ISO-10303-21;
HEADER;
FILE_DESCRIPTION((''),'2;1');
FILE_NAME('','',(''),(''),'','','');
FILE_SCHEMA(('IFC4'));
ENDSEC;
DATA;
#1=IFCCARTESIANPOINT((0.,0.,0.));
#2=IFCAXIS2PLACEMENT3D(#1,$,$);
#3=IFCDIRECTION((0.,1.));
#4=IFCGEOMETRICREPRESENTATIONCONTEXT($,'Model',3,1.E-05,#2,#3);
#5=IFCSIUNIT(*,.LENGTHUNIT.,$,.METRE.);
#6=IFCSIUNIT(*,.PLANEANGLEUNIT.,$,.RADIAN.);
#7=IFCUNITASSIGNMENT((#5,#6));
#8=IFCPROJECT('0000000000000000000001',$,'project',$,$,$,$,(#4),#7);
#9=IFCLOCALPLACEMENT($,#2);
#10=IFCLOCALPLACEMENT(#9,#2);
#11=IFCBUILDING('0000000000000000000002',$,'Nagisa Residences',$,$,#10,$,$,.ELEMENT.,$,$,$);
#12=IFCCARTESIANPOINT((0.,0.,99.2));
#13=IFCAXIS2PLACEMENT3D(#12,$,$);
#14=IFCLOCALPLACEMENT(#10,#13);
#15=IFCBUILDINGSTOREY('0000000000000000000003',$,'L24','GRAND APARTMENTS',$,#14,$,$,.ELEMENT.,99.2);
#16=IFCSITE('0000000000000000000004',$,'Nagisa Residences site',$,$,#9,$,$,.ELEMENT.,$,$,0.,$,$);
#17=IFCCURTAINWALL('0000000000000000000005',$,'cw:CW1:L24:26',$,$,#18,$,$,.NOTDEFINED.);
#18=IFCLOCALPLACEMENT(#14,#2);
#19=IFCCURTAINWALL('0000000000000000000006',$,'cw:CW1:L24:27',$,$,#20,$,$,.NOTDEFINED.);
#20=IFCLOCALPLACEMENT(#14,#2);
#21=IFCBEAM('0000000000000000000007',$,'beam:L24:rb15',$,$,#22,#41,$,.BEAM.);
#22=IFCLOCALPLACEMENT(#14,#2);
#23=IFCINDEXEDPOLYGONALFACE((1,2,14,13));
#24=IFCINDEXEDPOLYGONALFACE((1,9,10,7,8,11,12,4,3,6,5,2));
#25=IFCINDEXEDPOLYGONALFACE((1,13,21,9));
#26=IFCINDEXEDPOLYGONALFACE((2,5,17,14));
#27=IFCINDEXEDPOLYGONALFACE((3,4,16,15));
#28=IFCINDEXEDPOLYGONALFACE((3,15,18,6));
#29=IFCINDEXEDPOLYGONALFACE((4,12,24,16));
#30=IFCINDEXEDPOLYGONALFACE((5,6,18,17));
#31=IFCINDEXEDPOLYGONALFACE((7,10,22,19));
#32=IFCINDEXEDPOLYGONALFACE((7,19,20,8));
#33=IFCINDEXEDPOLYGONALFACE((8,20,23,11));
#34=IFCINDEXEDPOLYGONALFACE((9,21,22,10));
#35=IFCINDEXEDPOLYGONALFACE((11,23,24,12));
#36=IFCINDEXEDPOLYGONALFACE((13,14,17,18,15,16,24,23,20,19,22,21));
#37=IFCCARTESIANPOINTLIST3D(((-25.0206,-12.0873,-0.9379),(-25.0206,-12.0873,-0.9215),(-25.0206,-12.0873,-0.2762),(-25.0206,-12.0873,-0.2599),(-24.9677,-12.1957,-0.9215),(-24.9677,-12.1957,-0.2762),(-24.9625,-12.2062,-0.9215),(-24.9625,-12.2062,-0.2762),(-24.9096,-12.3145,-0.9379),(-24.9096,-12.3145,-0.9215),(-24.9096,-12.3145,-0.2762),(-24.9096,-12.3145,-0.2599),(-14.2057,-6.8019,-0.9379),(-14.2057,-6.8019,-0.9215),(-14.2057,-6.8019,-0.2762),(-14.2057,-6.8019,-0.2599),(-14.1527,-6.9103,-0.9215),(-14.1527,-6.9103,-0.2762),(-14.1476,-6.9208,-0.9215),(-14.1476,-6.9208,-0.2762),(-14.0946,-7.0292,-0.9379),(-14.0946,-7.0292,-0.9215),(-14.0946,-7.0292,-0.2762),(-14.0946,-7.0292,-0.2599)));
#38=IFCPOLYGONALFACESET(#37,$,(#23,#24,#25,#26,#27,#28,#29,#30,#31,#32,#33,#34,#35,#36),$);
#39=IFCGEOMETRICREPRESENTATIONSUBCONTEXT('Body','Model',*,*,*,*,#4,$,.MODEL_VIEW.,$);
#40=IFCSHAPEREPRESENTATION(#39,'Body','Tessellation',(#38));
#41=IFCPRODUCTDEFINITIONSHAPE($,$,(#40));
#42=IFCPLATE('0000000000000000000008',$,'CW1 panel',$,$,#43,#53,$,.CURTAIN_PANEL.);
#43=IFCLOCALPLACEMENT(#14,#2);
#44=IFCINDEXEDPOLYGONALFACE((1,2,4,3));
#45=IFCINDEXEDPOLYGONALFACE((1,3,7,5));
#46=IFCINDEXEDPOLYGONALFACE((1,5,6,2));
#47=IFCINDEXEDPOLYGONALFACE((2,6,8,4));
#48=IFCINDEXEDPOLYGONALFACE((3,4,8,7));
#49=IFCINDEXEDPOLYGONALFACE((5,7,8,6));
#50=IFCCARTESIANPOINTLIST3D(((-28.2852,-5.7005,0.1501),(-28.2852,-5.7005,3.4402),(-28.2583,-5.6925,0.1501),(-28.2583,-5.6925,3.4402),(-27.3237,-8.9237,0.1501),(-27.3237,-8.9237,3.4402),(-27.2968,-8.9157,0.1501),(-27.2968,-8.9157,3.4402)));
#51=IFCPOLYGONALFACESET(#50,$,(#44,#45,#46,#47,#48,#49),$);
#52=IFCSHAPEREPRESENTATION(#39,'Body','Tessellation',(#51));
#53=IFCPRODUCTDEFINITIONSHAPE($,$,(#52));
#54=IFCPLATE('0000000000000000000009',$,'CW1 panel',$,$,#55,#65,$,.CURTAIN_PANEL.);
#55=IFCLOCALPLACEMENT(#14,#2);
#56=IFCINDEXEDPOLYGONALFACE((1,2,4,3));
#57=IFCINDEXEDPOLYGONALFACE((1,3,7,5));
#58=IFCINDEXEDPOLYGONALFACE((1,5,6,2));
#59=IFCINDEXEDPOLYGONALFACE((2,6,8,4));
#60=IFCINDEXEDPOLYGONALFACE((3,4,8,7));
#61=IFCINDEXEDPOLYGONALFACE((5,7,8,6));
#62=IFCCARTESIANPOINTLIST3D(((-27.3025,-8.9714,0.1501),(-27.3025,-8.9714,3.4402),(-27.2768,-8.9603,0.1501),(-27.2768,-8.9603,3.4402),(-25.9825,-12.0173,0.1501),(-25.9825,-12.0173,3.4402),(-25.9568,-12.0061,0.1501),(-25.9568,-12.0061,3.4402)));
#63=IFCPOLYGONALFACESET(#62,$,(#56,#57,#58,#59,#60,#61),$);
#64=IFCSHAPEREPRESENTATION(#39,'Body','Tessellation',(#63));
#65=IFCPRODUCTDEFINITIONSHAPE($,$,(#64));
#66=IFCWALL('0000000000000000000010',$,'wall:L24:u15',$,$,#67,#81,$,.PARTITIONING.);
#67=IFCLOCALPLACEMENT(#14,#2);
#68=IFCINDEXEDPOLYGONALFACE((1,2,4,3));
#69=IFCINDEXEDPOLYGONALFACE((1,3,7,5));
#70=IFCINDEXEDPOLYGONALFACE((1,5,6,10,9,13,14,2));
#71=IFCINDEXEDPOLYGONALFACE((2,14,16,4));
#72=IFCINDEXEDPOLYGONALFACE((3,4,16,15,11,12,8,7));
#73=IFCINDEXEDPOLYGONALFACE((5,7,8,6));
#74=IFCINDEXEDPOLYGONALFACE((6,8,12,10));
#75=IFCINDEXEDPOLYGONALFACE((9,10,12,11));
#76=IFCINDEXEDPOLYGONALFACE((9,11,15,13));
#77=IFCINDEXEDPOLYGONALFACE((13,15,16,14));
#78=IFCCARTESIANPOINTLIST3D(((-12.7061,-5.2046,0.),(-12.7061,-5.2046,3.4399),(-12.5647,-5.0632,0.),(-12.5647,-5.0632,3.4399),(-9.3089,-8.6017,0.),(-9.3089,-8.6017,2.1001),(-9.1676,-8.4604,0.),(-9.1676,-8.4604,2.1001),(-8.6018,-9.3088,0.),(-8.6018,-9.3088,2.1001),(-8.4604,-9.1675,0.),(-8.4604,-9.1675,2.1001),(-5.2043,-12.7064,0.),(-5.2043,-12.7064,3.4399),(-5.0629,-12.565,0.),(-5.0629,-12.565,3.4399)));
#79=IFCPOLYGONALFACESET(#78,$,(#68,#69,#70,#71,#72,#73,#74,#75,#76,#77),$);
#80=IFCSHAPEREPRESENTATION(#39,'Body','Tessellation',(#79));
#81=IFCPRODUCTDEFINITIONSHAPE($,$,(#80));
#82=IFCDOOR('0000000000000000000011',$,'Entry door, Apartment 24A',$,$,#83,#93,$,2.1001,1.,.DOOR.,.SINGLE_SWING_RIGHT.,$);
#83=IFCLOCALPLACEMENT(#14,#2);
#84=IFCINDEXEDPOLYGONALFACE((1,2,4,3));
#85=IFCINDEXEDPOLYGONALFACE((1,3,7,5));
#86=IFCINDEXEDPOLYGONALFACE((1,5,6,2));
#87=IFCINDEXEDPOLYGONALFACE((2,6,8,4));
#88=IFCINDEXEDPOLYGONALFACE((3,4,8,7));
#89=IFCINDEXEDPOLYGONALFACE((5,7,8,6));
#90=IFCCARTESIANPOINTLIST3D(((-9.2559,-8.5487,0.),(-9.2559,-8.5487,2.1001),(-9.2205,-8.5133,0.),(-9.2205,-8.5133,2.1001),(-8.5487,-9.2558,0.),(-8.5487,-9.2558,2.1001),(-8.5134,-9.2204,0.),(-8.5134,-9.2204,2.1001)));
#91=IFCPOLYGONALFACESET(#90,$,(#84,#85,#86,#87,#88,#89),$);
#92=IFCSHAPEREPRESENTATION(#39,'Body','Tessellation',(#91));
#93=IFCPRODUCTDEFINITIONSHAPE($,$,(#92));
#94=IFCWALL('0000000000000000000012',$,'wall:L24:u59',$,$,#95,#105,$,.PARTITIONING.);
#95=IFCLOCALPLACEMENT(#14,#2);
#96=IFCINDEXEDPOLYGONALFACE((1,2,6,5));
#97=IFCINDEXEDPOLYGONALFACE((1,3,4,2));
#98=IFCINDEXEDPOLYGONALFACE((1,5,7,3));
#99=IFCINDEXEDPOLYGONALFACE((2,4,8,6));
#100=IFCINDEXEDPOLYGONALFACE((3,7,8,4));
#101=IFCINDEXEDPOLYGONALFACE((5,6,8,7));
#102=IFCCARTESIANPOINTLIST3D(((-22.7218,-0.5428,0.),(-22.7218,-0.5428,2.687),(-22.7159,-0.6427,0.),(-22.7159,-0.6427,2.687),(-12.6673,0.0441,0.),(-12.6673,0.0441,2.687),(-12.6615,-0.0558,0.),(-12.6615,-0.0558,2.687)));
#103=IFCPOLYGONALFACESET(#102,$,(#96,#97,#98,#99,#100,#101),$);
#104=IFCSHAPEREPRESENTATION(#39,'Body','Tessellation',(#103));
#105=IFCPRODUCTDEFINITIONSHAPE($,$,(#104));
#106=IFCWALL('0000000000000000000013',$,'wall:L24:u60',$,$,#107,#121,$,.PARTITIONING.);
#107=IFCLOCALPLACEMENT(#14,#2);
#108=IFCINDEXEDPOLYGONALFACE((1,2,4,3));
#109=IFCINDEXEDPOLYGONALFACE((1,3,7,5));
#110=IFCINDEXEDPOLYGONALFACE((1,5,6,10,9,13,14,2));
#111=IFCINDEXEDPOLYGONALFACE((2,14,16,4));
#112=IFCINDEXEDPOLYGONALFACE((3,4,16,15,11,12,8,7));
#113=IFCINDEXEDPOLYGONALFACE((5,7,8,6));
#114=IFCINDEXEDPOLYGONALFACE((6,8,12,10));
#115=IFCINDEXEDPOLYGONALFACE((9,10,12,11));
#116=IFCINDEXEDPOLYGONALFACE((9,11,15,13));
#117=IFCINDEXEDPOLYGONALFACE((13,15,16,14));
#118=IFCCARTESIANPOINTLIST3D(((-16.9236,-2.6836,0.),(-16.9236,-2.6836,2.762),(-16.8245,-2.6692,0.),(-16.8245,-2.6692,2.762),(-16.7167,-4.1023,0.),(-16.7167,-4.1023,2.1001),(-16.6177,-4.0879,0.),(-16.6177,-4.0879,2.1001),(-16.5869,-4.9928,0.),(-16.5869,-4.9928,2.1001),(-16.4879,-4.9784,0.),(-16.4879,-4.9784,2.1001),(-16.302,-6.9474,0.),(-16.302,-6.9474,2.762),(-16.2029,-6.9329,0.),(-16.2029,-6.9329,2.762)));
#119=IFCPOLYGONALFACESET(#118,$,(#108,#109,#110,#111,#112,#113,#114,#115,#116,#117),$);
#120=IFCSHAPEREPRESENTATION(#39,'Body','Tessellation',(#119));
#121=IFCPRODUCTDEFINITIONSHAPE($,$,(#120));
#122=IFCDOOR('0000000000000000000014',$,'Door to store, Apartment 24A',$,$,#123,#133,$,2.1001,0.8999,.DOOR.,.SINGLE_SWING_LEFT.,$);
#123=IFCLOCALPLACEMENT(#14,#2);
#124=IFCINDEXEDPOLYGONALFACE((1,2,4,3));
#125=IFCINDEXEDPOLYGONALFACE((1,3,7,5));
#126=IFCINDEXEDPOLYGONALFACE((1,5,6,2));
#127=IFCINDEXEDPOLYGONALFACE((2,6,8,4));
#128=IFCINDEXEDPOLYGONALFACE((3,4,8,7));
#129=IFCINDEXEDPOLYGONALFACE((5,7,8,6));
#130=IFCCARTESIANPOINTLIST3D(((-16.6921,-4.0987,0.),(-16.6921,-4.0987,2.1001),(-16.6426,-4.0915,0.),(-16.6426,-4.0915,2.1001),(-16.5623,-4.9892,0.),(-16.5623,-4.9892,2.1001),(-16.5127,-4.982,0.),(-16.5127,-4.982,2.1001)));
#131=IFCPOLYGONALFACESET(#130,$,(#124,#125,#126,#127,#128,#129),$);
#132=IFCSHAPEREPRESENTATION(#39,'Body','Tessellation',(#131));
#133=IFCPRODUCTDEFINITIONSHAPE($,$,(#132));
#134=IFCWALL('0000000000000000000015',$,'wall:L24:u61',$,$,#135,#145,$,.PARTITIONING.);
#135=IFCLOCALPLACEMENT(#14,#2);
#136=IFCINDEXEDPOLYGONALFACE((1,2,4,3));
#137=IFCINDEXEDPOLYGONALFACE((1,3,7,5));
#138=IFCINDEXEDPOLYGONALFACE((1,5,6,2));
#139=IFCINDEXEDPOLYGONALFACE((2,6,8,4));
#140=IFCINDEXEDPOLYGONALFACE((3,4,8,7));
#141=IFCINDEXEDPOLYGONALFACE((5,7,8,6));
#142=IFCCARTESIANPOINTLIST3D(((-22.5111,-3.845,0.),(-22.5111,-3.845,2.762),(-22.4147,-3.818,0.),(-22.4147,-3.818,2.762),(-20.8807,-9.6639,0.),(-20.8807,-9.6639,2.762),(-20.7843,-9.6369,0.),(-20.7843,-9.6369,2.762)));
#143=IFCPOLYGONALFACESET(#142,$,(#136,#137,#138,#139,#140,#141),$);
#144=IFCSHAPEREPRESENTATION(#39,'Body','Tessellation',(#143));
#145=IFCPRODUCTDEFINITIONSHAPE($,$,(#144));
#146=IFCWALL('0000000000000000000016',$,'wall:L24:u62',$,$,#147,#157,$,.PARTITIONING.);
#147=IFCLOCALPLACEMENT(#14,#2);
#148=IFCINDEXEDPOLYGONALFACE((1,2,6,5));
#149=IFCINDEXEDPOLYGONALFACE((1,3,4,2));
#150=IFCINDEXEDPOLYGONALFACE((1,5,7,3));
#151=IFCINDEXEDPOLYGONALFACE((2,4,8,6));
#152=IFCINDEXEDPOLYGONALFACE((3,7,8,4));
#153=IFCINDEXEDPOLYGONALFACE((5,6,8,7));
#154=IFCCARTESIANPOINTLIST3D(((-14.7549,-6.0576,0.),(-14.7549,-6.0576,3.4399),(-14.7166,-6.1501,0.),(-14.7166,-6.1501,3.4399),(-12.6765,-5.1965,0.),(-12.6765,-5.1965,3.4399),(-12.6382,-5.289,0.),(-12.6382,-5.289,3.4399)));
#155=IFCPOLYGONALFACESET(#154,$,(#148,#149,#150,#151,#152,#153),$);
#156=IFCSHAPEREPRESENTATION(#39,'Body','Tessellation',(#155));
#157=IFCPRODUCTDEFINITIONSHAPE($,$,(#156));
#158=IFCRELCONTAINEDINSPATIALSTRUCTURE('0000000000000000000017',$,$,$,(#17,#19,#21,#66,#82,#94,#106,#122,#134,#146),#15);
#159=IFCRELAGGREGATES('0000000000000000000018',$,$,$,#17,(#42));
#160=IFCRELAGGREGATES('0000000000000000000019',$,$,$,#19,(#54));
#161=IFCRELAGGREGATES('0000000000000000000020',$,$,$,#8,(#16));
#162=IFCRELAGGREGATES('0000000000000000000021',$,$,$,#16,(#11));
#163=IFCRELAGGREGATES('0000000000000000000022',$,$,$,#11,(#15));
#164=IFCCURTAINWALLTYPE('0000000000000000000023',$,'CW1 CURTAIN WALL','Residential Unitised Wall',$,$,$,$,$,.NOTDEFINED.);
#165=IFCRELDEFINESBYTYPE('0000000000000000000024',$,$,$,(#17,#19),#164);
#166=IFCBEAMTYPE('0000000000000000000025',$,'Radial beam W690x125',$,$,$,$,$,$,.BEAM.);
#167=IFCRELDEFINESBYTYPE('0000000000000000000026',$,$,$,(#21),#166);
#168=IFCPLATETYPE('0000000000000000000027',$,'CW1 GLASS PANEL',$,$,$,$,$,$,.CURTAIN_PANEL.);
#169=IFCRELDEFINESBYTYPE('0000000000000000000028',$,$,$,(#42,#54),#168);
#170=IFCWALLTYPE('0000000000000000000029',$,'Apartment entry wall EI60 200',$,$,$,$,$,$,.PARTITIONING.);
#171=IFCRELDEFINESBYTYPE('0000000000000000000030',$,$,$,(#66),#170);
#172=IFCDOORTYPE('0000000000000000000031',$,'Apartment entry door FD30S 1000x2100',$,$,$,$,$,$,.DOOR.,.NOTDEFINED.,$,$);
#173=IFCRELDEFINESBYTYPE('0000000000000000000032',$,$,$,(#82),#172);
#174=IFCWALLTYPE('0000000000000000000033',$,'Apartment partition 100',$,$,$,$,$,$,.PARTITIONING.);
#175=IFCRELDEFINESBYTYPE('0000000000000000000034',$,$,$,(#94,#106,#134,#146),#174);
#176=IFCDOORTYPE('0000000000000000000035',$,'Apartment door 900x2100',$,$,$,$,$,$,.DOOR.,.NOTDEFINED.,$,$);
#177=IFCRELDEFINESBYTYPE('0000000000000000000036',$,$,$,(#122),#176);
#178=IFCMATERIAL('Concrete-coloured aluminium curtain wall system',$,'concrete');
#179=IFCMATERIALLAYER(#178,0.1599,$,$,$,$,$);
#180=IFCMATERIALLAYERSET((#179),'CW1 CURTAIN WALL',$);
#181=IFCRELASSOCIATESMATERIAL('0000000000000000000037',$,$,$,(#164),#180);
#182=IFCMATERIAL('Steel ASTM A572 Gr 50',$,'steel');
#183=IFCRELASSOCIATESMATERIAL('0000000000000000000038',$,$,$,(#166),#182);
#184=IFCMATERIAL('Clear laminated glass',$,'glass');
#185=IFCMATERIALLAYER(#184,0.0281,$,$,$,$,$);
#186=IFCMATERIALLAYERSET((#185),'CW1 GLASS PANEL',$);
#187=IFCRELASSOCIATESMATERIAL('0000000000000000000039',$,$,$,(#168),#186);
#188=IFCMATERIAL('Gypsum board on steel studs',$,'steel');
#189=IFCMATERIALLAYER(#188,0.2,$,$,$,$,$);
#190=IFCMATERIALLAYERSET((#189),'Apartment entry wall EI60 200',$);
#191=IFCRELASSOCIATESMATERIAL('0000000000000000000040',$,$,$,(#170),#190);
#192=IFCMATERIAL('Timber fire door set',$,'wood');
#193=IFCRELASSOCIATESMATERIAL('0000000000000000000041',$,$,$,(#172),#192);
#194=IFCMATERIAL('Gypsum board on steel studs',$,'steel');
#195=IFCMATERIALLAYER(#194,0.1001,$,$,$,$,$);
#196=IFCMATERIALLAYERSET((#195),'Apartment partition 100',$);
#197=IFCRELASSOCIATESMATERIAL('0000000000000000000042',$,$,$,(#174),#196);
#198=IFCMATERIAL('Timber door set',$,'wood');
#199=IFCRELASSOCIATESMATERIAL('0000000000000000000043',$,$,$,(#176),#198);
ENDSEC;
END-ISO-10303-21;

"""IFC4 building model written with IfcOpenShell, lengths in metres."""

from ifc_helpers import new_model, si_unit, direction, frame, frame_2d, origin, origin_2d, place, context, subcontext, project, spatial, rectangle, i_section, extrude, material, layer, layer_set, material_profile, profile_set, type_object, element, fill, aggregate, save


model = new_model("IFC4")

# Units and contexts
model_context = context("Model", 3, precision=1e-05, world=origin(), true_north=direction((0.0, 1.0)))
body_context = subcontext(model_context, "Body", "Model", "MODEL_VIEW")
ifc_project = project(units=[si_unit("LENGTHUNIT", "METRE"), si_unit("PLANEANGLEUNIT", "RADIAN")], contexts=[model_context])

# Site, building, storey
site_placement = place(None, origin())
site = spatial("IfcSite", under=ifc_project, at=site_placement, Name="Nagisa Residences site", CompositionType="ELEMENT", RefElevation=0.0)
building_placement = place(site_placement, origin())
building = spatial("IfcBuilding", under=site, at=building_placement, Name="Nagisa Residences", CompositionType="ELEMENT")
storey_placement = place(building_placement, frame((0.0, 0.0, 99.2)))
storey = spatial("IfcBuildingStorey", under=building, at=storey_placement, Name="L24", Description="GRAND APARTMENTS", CompositionType="ELEMENT", Elevation=99.2)

# Curtain walls
ifc_material_1 = material(Name="Concrete-coloured aluminium curtain wall system", Category="concrete")
ifc_layer_1 = layer(ifc_material_1, 0.1599)
ifc_layer_set_1 = layer_set([ifc_layer_1], Name="CW1 CURTAIN WALL")
curtain_wall_type = type_object("IfcCurtainWallType", Name="CW1 CURTAIN WALL", Description="Residential Unitised Wall", PredefinedType="NOTDEFINED", material=ifc_layer_set_1)
curtain_wall_1_placement = place(storey_placement, origin())
curtain_wall_1 = element("IfcCurtainWall", 1, at=curtain_wall_1_placement, inside=storey, type_object=curtain_wall_type, Name="cw:CW1:L24:26", PredefinedType="NOTDEFINED")
curtain_wall_2_placement = place(storey_placement, origin())
curtain_wall_2 = element("IfcCurtainWall", 2, at=curtain_wall_2_placement, inside=storey, type_object=curtain_wall_type, Name="cw:CW1:L24:27", PredefinedType="NOTDEFINED")

# Beam
ifc_material_2 = material(Name="Steel ASTM A572 Gr 50", Category="steel")
ifc_material_profile_1 = material_profile(ifc_material_2, i_section(OverallWidth=0.2529, OverallDepth=0.678, WebThickness=0.0117, FlangeThickness=0.0164, at=origin_2d()), Name="W690x125")
ifc_profile_set_1 = profile_set([ifc_material_profile_1], Name="Steel ASTM A572 Gr 50")
beam_type_1 = type_object("IfcBeamType", Name="Radial beam W690x125", PredefinedType="BEAM", material=ifc_profile_set_1)
beam_1_placement = place(storey_placement, frame((-24.9651, -12.2009, -0.5989), z_axis=(0.898447, 0.439082, 0.0), x_axis=(-0.439082, 0.898447, 0.0)))
element("IfcBeam", 3, at=beam_1_placement, inside=storey, type_object=beam_type_1, Name="beam:L24:rb15", PredefinedType="BEAM", context=body_context, shape_type="SweptSolid", body=[
    extrude(i_section(OverallWidth=0.2529, OverallDepth=0.678, WebThickness=0.0117, FlangeThickness=0.0164, at=origin_2d()), origin(), (0.0, 0.0, 1.0), 12.0374),
])

# Plates
ifc_material_3 = material(Name="Clear laminated glass", Category="glass")
ifc_layer_2 = layer(ifc_material_3, 0.0281)
ifc_layer_set_2 = layer_set([ifc_layer_2], Name="CW1 GLASS PANEL")
plate_type = type_object("IfcPlateType", Name="CW1 GLASS PANEL", PredefinedType="CURTAIN_PANEL", material=ifc_layer_set_2)
plate_1_placement = place(storey_placement, frame((-27.791, -7.3081, 0.1501), z_axis=(0.0, 0.0, 1.0), x_axis=(0.28586, -0.958271, 0.0)))
plate_1 = element("IfcPlate", 4, at=plate_1_placement, type_object=plate_type, Name="CW1 panel", PredefinedType="CURTAIN_PANEL", context=body_context, shape_type="SweptSolid", body=[
    extrude(rectangle(XDim=3.3635, YDim=0.0281, at=origin_2d()), origin(), (0.0, 0.0, 1.0), 3.29),
])
aggregate(curtain_wall_1, [plate_1])
plate_2_placement = place(storey_placement, frame((-26.6296, -10.4888, 0.1501), z_axis=(0.0, 0.0, 1.0), x_axis=(0.397636, -0.917543, 0.0)))
plate_2 = element("IfcPlate", 5, at=plate_2_placement, type_object=plate_type, Name="CW1 panel", PredefinedType="CURTAIN_PANEL", context=body_context, shape_type="SweptSolid", body=[
    extrude(rectangle(XDim=3.3196, YDim=0.0281, at=origin_2d()), origin(), (0.0, 0.0, 1.0), 3.29),
])
aggregate(curtain_wall_2, [plate_2])

# Wall, opening, door
ifc_material_4 = material(Name="Gypsum board on steel studs", Category="steel")
ifc_layer_3 = layer(ifc_material_4, 0.2)
ifc_layer_set_3 = layer_set([ifc_layer_3], Name="Apartment entry wall EI60 200")
wall_type_1 = type_object("IfcWallType", Name="Apartment entry wall EI60 200", PredefinedType="PARTITIONING", material=ifc_layer_set_3)
wall_1_placement = place(storey_placement, frame((-12.6355, -5.1338, 0.0), z_axis=(0.0, 0.0, 1.0), x_axis=(0.707107, -0.707107, 0.0)))
wall_1 = element("IfcWall", 6, at=wall_1_placement, inside=storey, type_object=wall_type_1, Name="wall:L24:u15", PredefinedType="PARTITIONING", context=body_context, shape_type="SweptSolid", body=[
    extrude(rectangle(XDim=10.6091, YDim=0.2, at=frame_2d((5.3047, 0.0))), origin(), (0.0, 0.0, 1.0), 3.4399),
])
opening_1_placement = place(wall_1_placement, frame((4.8044, 0.0, 0.0)))
opening_1 = element("IfcOpeningElement", 7, at=opening_1_placement, cuts=wall_1, PredefinedType="OPENING", context=body_context, shape_type="SweptSolid", body=[
    extrude(rectangle(XDim=1.0, YDim=2.1001, at=frame_2d((0.5, 1.05))), frame((0.0, 0.1099, 0.0), z_axis=(0.0, -1.0, 0.0), x_axis=(1.0, 0.0, 0.0)), (0.0, 0.0, 1.0), 0.22),
])
ifc_material_5 = material(Name="Timber fire door set", Category="wood")
door_type_1 = type_object("IfcDoorType", Name="Apartment entry door FD30S 1000x2100", OperationType="NOTDEFINED", PredefinedType="DOOR", material=ifc_material_5)
door_1_placement = place(opening_1_placement, frame((1.0, 0.0, 0.0), x_axis=(-1.0, 0.0, 0.0)))
door_1 = element("IfcDoor", 8, at=door_1_placement, inside=storey, type_object=door_type_1, Name="Entry door, Apartment 24A", OperationType="SINGLE_SWING_RIGHT", OverallHeight=2.1001, OverallWidth=1.0, PredefinedType="DOOR", context=body_context, shape_type="SweptSolid", body=[
    extrude(rectangle(XDim=1.0, YDim=2.1001, at=frame_2d((0.5, 1.05))), frame((0.0, 0.0249, 0.0), z_axis=(0.0, -1.0, 0.0), x_axis=(1.0, 0.0, 0.0)), (0.0, 0.0, 1.0), 0.05),
])
fill(opening_1, door_1)

# Wall
ifc_material_6 = material(Name="Gypsum board on steel studs", Category="steel")
ifc_layer_4 = layer(ifc_material_6, 0.1001)
ifc_layer_set_4 = layer_set([ifc_layer_4], Name="Apartment partition 100")
wall_type_2 = type_object("IfcWallType", Name="Apartment partition 100", PredefinedType="PARTITIONING", material=ifc_layer_set_4)
wall_2_placement = place(storey_placement, frame((-12.6646, -0.0059, 0.0), z_axis=(0.0, 0.0, 1.0), x_axis=(-0.998301, -0.058274, 0.0)))
element("IfcWall", 9, at=wall_2_placement, inside=storey, type_object=wall_type_2, Name="wall:L24:u59", PredefinedType="PARTITIONING", context=body_context, shape_type="SweptSolid", body=[
    extrude(rectangle(XDim=10.0715, YDim=0.1001, at=frame_2d((5.0356, 0.0))), origin(), (0.0, 0.0, 1.0), 2.687),
])

# Wall, opening, door
wall_3_placement = place(storey_placement, frame((-16.874, -2.6765, 0.0), z_axis=(0.0, 0.0, 1.0), x_axis=(0.144261, -0.98954, 0.0)))
wall_3 = element("IfcWall", 10, at=wall_3_placement, inside=storey, type_object=wall_type_2, Name="wall:L24:u60", PredefinedType="PARTITIONING", context=body_context, shape_type="SweptSolid", body=[
    extrude(rectangle(XDim=4.3088, YDim=0.1001, at=frame_2d((2.1543, 0.0))), origin(), (0.0, 0.0, 1.0), 2.762),
])
opening_2_placement = place(wall_3_placement, frame((1.4336, 0.0, 0.0)))
opening_2 = element("IfcOpeningElement", 11, at=opening_2_placement, cuts=wall_3, PredefinedType="OPENING", context=body_context, shape_type="SweptSolid", body=[
    extrude(rectangle(XDim=0.8999, YDim=2.1001, at=frame_2d((0.45, 1.05))), frame((0.0, 0.0601, 0.0), z_axis=(0.0, -1.0, 0.0), x_axis=(1.0, 0.0, 0.0)), (0.0, 0.0, 1.0), 0.1201),
])
ifc_material_7 = material(Name="Timber door set", Category="wood")
door_type_2 = type_object("IfcDoorType", Name="Apartment door 900x2100", OperationType="NOTDEFINED", PredefinedType="DOOR", material=ifc_material_7)
door_2_placement = place(opening_2_placement, origin())
door_2 = element("IfcDoor", 12, at=door_2_placement, inside=storey, type_object=door_type_2, Name="Door to store, Apartment 24A", OperationType="SINGLE_SWING_LEFT", OverallHeight=2.1001, OverallWidth=0.8999, PredefinedType="DOOR", context=body_context, shape_type="SweptSolid", body=[
    extrude(rectangle(XDim=0.8999, YDim=2.1001, at=frame_2d((0.45, 1.05))), frame((0.0, 0.0249, 0.0), z_axis=(0.0, -1.0, 0.0), x_axis=(1.0, 0.0, 0.0)), (0.0, 0.0, 1.0), 0.05),
])
fill(opening_2, door_2)

# Walls
wall_4_placement = place(storey_placement, frame((-22.4629, -3.8315, 0.0), z_axis=(0.0, 0.0, 1.0), x_axis=(0.269798, -0.962917, 0.0)))
element("IfcWall", 13, at=wall_4_placement, inside=storey, type_object=wall_type_2, Name="wall:L24:u61", PredefinedType="PARTITIONING", context=body_context, shape_type="SweptSolid", body=[
    extrude(rectangle(XDim=6.043, YDim=0.1001, at=frame_2d((3.0215, 0.0))), origin(), (0.0, 0.0, 1.0), 2.762),
])
wall_5_placement = place(storey_placement, frame((-12.6572, -5.2427, 0.0), z_axis=(0.0, 0.0, 1.0), x_axis=(-0.923849, -0.382758, 0.0)))
element("IfcWall", 14, at=wall_5_placement, inside=storey, type_object=wall_type_2, Name="wall:L24:u62", PredefinedType="PARTITIONING", context=body_context, shape_type="SweptSolid", body=[
    extrude(rectangle(XDim=2.2498, YDim=0.1001, at=frame_2d((1.125, 0.0))), origin(), (0.0, 0.0, 1.0), 3.4399),
])

save(model, "model.ifc")
